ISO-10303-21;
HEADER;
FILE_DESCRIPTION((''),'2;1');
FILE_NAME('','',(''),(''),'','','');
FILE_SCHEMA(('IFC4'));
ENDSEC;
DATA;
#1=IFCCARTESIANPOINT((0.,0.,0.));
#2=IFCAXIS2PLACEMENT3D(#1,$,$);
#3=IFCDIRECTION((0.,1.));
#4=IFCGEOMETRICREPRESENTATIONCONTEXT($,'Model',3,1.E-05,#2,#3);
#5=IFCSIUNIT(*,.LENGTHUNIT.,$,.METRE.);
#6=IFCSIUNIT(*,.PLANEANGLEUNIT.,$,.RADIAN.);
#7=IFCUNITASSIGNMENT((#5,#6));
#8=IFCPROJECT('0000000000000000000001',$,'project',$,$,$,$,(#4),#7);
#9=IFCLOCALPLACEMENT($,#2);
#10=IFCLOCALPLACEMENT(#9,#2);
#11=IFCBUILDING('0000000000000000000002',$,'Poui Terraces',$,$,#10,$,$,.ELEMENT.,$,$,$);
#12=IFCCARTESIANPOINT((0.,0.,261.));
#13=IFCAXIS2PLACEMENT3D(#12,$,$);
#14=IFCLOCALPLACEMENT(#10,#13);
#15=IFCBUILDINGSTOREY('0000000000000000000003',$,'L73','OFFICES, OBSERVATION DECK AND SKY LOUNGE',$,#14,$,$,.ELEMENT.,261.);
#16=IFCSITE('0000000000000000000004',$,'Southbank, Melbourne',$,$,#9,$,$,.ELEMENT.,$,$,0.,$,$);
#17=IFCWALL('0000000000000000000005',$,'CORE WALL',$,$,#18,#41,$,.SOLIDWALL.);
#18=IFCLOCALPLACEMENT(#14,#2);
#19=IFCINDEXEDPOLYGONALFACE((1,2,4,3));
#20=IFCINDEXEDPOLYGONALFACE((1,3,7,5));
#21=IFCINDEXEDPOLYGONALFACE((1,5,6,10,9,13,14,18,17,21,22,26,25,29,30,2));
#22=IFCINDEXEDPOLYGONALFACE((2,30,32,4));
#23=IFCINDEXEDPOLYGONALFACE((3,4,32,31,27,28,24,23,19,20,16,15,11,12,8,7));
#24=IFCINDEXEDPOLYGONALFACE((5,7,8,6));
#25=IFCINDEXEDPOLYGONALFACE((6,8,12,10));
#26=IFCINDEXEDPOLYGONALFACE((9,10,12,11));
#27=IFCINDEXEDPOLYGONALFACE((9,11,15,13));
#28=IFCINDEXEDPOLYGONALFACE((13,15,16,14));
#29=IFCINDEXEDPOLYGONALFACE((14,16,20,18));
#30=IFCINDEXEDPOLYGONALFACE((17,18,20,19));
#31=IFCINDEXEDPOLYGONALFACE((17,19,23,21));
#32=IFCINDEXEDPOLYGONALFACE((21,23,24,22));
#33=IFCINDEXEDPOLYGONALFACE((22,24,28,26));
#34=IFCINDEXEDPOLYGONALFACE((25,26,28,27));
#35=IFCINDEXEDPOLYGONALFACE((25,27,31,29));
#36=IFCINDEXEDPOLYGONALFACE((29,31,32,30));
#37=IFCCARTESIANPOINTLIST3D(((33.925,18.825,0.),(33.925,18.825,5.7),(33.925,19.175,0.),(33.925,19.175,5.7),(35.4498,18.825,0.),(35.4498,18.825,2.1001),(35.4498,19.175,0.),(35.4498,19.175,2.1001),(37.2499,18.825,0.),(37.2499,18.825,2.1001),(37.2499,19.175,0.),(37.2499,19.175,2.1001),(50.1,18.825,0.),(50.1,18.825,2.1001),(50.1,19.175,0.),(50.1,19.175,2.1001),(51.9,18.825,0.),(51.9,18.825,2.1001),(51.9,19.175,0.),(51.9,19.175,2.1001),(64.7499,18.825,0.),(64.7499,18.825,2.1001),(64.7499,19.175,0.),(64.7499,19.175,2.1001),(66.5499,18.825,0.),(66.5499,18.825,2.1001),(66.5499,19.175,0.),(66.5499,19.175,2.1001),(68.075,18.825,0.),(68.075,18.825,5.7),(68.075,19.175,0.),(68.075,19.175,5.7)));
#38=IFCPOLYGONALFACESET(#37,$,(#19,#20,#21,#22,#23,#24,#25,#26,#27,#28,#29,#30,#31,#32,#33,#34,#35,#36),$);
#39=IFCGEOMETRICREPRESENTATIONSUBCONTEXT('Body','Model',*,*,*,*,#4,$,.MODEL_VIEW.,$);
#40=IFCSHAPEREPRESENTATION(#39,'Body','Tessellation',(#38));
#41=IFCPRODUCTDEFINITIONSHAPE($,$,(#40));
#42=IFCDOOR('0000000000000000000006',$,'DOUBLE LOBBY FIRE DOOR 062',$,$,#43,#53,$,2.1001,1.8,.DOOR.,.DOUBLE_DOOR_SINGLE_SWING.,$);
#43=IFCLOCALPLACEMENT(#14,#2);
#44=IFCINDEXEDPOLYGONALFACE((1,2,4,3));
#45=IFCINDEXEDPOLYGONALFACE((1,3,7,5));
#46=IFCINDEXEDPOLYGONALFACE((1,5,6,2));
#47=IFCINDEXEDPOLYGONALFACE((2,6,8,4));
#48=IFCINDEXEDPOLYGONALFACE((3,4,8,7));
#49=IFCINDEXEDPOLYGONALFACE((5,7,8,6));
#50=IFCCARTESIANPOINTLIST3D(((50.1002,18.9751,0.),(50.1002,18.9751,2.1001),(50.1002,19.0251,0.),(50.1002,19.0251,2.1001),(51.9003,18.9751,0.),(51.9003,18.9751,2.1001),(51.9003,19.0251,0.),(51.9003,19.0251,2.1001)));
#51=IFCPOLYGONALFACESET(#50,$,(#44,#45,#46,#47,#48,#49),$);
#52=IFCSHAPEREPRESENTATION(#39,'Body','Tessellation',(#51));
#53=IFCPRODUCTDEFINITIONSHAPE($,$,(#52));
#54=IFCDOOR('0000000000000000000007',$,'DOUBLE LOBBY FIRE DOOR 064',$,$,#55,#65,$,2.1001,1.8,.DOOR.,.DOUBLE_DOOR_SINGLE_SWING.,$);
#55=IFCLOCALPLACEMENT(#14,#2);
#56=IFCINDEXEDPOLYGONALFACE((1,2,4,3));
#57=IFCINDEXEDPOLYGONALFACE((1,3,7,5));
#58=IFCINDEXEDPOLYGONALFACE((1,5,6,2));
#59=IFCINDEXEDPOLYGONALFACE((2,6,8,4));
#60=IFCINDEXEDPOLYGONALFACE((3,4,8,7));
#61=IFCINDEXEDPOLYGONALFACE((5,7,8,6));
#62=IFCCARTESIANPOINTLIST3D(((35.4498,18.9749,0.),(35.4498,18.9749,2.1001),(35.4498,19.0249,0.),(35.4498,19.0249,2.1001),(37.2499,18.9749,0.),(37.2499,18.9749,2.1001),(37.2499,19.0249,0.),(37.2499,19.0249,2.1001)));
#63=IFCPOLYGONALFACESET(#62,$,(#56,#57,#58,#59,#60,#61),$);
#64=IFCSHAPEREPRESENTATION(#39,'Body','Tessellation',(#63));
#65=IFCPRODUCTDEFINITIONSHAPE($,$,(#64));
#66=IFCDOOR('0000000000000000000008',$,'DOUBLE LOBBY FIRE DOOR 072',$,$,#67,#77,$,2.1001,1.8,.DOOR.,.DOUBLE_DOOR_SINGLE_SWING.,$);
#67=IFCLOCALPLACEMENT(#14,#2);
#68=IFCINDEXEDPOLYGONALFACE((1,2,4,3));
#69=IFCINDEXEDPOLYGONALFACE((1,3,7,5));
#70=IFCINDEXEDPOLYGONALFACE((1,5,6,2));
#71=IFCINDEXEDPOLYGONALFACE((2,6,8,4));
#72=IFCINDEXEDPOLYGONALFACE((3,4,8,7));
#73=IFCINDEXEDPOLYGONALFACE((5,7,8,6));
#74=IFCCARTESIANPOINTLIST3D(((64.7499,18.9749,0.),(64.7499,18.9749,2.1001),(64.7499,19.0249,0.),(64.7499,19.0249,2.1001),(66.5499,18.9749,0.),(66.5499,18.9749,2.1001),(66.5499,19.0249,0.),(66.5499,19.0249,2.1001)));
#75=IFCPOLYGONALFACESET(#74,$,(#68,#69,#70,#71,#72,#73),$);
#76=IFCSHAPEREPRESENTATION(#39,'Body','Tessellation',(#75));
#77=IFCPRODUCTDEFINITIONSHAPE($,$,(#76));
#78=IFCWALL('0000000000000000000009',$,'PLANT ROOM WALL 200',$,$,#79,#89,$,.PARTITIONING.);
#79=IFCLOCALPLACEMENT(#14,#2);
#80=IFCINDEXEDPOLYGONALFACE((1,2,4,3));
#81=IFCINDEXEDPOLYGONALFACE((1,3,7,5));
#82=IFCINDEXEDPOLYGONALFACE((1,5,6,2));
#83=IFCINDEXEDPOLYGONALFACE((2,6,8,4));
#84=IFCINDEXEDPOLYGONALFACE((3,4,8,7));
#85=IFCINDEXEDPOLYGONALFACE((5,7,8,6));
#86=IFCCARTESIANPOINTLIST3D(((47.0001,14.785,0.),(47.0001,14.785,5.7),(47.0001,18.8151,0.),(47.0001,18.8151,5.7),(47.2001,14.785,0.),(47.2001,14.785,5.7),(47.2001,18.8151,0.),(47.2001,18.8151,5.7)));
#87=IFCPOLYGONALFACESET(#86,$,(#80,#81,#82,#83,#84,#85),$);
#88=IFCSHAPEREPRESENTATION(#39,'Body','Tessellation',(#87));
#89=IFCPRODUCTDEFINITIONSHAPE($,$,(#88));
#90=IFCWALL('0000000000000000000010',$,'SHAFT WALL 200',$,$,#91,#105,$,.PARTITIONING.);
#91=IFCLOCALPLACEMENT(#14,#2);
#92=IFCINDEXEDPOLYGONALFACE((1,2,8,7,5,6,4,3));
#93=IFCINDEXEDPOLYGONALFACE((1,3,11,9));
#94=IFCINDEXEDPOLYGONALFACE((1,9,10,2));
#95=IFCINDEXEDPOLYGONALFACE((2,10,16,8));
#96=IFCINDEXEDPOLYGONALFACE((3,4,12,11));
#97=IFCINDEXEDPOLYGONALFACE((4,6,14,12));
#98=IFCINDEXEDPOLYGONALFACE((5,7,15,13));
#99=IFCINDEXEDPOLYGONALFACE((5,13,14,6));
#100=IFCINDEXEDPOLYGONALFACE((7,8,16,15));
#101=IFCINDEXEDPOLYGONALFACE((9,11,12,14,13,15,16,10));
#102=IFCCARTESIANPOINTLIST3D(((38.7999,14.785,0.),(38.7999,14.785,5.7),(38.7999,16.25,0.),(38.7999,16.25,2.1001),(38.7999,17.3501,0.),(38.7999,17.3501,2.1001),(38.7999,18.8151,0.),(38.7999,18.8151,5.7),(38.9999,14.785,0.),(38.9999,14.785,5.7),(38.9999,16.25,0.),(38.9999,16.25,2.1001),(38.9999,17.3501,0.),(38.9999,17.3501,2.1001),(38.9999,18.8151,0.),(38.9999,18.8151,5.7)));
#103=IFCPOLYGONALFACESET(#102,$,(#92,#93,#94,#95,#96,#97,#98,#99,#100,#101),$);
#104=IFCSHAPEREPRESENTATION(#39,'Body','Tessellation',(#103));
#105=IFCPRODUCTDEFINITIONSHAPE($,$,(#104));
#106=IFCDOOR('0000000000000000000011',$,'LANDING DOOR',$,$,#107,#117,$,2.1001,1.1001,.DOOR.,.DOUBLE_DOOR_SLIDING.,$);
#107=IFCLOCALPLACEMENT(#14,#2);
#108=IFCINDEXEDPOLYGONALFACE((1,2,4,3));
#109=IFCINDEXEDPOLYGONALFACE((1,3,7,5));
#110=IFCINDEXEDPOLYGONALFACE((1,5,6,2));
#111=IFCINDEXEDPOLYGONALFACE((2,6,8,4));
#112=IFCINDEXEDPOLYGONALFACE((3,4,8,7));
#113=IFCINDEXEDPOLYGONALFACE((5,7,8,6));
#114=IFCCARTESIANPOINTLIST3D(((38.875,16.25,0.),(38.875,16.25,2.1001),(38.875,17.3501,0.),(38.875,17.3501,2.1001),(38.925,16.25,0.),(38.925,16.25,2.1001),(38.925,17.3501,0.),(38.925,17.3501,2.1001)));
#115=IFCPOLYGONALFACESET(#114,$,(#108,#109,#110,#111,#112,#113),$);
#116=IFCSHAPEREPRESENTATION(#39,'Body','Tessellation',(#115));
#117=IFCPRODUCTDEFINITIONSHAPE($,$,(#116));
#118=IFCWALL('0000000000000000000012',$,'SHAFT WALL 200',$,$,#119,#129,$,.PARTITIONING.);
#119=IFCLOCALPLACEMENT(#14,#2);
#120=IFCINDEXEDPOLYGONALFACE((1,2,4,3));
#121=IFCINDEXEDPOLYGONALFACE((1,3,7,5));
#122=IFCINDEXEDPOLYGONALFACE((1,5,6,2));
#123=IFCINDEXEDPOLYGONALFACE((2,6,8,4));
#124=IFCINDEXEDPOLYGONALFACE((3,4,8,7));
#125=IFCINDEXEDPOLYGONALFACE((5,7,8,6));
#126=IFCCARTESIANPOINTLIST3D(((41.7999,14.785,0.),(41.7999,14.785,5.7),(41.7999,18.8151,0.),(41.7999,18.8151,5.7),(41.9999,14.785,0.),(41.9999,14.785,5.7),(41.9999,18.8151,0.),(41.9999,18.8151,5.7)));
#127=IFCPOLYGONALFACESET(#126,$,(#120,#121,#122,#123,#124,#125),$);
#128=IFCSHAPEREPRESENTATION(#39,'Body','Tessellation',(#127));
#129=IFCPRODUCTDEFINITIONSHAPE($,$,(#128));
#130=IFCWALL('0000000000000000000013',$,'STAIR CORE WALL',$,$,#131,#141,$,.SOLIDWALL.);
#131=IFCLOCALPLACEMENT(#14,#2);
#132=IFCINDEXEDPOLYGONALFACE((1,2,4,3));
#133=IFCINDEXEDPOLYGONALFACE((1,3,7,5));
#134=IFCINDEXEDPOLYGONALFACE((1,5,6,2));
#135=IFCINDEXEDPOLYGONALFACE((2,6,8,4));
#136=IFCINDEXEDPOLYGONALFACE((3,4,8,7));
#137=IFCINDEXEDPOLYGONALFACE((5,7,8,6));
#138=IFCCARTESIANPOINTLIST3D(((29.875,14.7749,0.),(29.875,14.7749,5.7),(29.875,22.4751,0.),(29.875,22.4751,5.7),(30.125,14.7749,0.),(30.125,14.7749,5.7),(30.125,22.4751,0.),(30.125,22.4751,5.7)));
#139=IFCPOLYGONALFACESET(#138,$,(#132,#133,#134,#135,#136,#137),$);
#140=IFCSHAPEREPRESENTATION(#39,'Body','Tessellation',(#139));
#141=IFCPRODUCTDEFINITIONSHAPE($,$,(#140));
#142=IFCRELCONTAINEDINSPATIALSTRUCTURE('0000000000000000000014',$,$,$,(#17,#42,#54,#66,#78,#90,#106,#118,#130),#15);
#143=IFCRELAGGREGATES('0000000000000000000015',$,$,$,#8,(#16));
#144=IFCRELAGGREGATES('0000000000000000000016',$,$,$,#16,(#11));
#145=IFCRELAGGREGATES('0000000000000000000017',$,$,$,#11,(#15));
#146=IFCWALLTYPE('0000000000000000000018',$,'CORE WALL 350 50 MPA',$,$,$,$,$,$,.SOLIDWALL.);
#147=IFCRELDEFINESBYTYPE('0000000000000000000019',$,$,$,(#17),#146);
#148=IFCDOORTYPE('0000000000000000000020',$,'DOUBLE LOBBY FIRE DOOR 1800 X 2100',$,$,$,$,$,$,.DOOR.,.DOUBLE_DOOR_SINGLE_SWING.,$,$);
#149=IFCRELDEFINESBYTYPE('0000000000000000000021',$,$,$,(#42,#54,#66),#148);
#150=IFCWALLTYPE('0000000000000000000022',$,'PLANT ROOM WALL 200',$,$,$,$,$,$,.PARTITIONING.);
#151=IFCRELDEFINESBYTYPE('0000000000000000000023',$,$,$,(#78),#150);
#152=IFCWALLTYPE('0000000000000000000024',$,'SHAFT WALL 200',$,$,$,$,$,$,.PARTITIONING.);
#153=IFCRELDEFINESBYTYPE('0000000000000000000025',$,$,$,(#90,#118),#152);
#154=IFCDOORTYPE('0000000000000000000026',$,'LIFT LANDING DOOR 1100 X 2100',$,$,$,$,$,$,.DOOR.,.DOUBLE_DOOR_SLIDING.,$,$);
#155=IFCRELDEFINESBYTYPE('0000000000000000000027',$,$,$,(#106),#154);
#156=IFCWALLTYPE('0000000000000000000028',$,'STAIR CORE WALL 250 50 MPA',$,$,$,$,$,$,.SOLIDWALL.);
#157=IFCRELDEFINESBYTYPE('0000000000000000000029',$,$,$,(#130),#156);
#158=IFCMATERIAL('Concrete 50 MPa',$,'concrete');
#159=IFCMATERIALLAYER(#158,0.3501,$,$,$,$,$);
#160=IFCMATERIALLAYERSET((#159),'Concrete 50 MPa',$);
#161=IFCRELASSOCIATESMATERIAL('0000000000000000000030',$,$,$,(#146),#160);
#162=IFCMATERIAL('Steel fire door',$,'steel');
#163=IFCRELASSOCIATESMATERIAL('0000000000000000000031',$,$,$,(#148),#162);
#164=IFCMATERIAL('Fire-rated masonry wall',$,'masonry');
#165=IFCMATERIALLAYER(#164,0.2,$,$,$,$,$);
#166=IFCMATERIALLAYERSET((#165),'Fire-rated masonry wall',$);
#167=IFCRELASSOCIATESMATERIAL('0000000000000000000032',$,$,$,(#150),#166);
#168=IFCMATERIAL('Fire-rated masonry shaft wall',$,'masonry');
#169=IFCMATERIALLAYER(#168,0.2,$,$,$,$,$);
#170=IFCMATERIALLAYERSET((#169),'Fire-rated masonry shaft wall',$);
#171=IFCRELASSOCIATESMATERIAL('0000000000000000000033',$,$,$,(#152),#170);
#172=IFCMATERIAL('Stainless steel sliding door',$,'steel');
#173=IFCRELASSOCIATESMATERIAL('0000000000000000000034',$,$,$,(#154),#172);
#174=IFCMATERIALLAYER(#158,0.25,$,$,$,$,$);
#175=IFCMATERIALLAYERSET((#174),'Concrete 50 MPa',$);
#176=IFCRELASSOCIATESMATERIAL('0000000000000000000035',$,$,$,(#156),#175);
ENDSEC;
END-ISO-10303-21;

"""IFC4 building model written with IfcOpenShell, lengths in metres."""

from ifc_helpers import new_model, si_unit, direction, frame, frame_2d, origin, place, context, subcontext, project, spatial, rectangle, extrude, material, layer, layer_set, type_object, element, fill, save


model = new_model("IFC4")

# Units and contexts
model_context = context("Model", 3, precision=1e-05, world=origin(), true_north=direction((0.0, 1.0)))
body_context = subcontext(model_context, "Body", "Model", "MODEL_VIEW")
ifc_project = project(units=[si_unit("LENGTHUNIT", "METRE"), si_unit("PLANEANGLEUNIT", "RADIAN")], contexts=[model_context])

# Site, building, storey
site_placement = place(None, origin())
site = spatial("IfcSite", under=ifc_project, at=site_placement, Name="Southbank, Melbourne", CompositionType="ELEMENT", RefElevation=0.0)
building_placement = place(site_placement, origin())
building = spatial("IfcBuilding", under=site, at=building_placement, Name="Poui Terraces", CompositionType="ELEMENT")
storey_placement = place(building_placement, frame((0.0, 0.0, 261.0)))
storey = spatial("IfcBuildingStorey", under=building, at=storey_placement, Name="L73", Description="OFFICES, OBSERVATION DECK AND SKY LOUNGE", CompositionType="ELEMENT", Elevation=261.0)

# Wall, openings, doors
ifc_material_1 = material(Name="Concrete 50 MPa", Category="concrete")
ifc_layer_1 = layer(ifc_material_1, 0.3501)
ifc_layer_set_1 = layer_set([ifc_layer_1], Name="Concrete 50 MPa")
wall_type_1 = type_object("IfcWallType", Name="CORE WALL 350 50 MPA", PredefinedType="SOLIDWALL", material=ifc_layer_set_1)
wall_1_placement = place(storey_placement, frame((33.925, 19.0, 0.0), z_axis=(0.0, 0.0, 1.0), x_axis=(1.0, 0.0, 0.0)))
wall_1 = element("IfcWall", 1, at=wall_1_placement, inside=storey, type_object=wall_type_1, Name="CORE WALL", PredefinedType="SOLIDWALL", context=body_context, shape_type="SweptSolid", body=[
    extrude(rectangle(XDim=34.1499, YDim=0.3501, at=frame_2d((17.075, 0.0))), origin(), (0.0, 0.0, 1.0), 5.7),
])
opening_1_placement = place(wall_1_placement, frame((16.175, 0.0, 0.0)))
opening_1 = element("IfcOpeningElement", 2, at=opening_1_placement, cuts=wall_1, PredefinedType="OPENING", context=body_context, shape_type="SweptSolid", body=[
    extrude(rectangle(XDim=1.8, YDim=2.1001, at=frame_2d((0.8999, 1.05))), frame((0.0, 0.1851, 0.0), z_axis=(0.0, -1.0, 0.0), x_axis=(1.0, 0.0, 0.0)), (0.0, 0.0, 1.0), 0.3701),
])
opening_2_placement = place(wall_1_placement, frame((1.5249, 0.0, 0.0)))
opening_2 = element("IfcOpeningElement", 3, at=opening_2_placement, cuts=wall_1, PredefinedType="OPENING", context=body_context, shape_type="SweptSolid", body=[
    extrude(rectangle(XDim=1.8, YDim=2.1001, at=frame_2d((0.8999, 1.05))), frame((0.0, 0.1851, 0.0), z_axis=(0.0, -1.0, 0.0), x_axis=(1.0, 0.0, 0.0)), (0.0, 0.0, 1.0), 0.3701),
])
opening_3_placement = place(wall_1_placement, frame((30.825, 0.0, 0.0)))
opening_3 = element("IfcOpeningElement", 4, at=opening_3_placement, cuts=wall_1, PredefinedType="OPENING", context=body_context, shape_type="SweptSolid", body=[
    extrude(rectangle(XDim=1.8, YDim=2.1001, at=frame_2d((0.8999, 1.05))), frame((0.0, 0.1851, 0.0), z_axis=(0.0, -1.0, 0.0), x_axis=(1.0, 0.0, 0.0)), (0.0, 0.0, 1.0), 0.3701),
])
ifc_material_2 = material(Name="Steel fire door", Category="steel")
door_type_1 = type_object("IfcDoorType", Name="DOUBLE LOBBY FIRE DOOR 1800 X 2100", OperationType="DOUBLE_DOOR_SINGLE_SWING", PredefinedType="DOOR", material=ifc_material_2)
door_1_placement = place(opening_1_placement, frame((1.8, 0.0, 0.0), z_axis=(0.0, 0.0, 1.0), x_axis=(-1.0, 0.0, 0.0)))
door_1 = element("IfcDoor", 5, at=door_1_placement, inside=storey, type_object=door_type_1, Name="DOUBLE LOBBY FIRE DOOR 062", OperationType="DOUBLE_DOOR_SINGLE_SWING", OverallHeight=2.1001, OverallWidth=1.8, PredefinedType="DOOR", context=body_context, shape_type="SweptSolid", body=[
    extrude(rectangle(XDim=1.8, YDim=2.1001, at=frame_2d((0.8999, 1.05))), frame((0.0, 0.0249, 0.0), z_axis=(0.0, -1.0, 0.0), x_axis=(1.0, 0.0, 0.0)), (0.0, 0.0, 1.0), 0.05),
])
fill(opening_1, door_1)
door_2_placement = place(opening_2_placement, origin())
door_2 = element("IfcDoor", 6, at=door_2_placement, inside=storey, type_object=door_type_1, Name="DOUBLE LOBBY FIRE DOOR 064", OperationType="DOUBLE_DOOR_SINGLE_SWING", OverallHeight=2.1001, OverallWidth=1.8, PredefinedType="DOOR", context=body_context, shape_type="SweptSolid", body=[
    extrude(rectangle(XDim=1.8, YDim=2.1001, at=frame_2d((0.8999, 1.05))), frame((0.0, 0.0249, 0.0), z_axis=(0.0, -1.0, 0.0), x_axis=(1.0, 0.0, 0.0)), (0.0, 0.0, 1.0), 0.05),
])
fill(opening_2, door_2)
door_3_placement = place(opening_3_placement, origin())
door_3 = element("IfcDoor", 7, at=door_3_placement, inside=storey, type_object=door_type_1, Name="DOUBLE LOBBY FIRE DOOR 072", OperationType="DOUBLE_DOOR_SINGLE_SWING", OverallHeight=2.1001, OverallWidth=1.8, PredefinedType="DOOR", context=body_context, shape_type="SweptSolid", body=[
    extrude(rectangle(XDim=1.8, YDim=2.1001, at=frame_2d((0.8999, 1.05))), frame((0.0, 0.0249, 0.0), z_axis=(0.0, -1.0, 0.0), x_axis=(1.0, 0.0, 0.0)), (0.0, 0.0, 1.0), 0.05),
])
fill(opening_3, door_3)

# Wall
ifc_material_3 = material(Name="Fire-rated masonry wall", Category="masonry")
ifc_layer_2 = layer(ifc_material_3, 0.2)
ifc_layer_set_2 = layer_set([ifc_layer_2], Name="Fire-rated masonry wall")
wall_type_2 = type_object("IfcWallType", Name="PLANT ROOM WALL 200", PredefinedType="PARTITIONING", material=ifc_layer_set_2)
wall_2_placement = place(storey_placement, frame((47.1001, 14.7849, 0.0), z_axis=(0.0, 0.0, 1.0), x_axis=(0.0, 1.0, 0.0)))
element("IfcWall", 8, at=wall_2_placement, inside=storey, type_object=wall_type_2, Name="PLANT ROOM WALL 200", PredefinedType="PARTITIONING", context=body_context, shape_type="SweptSolid", body=[
    extrude(rectangle(XDim=4.03, YDim=0.2, at=frame_2d((2.0151, 0.0))), origin(), (0.0, 0.0, 1.0), 5.7),
])

# Wall, opening, door
ifc_material_4 = material(Name="Fire-rated masonry shaft wall", Category="masonry")
ifc_layer_3 = layer(ifc_material_4, 0.2)
ifc_layer_set_3 = layer_set([ifc_layer_3], Name="Fire-rated masonry shaft wall")
wall_type_3 = type_object("IfcWallType", Name="SHAFT WALL 200", PredefinedType="PARTITIONING", material=ifc_layer_set_3)
wall_3_placement = place(storey_placement, frame((38.8999, 14.7849, 0.0), z_axis=(0.0, 0.0, 1.0), x_axis=(0.0, 1.0, 0.0)))
wall_3 = element("IfcWall", 9, at=wall_3_placement, inside=storey, type_object=wall_type_3, Name="SHAFT WALL 200", PredefinedType="PARTITIONING", context=body_context, shape_type="SweptSolid", body=[
    extrude(rectangle(XDim=4.03, YDim=0.2, at=frame_2d((2.0151, 0.0))), origin(), (0.0, 0.0, 1.0), 5.7),
])
opening_4_placement = place(wall_3_placement, frame((1.4651, 0.0, 0.0)))
opening_4 = element("IfcOpeningElement", 10, at=opening_4_placement, cuts=wall_3, PredefinedType="OPENING", context=body_context, shape_type="SweptSolid", body=[
    extrude(rectangle(XDim=1.1001, YDim=2.1001, at=frame_2d((0.55, 1.05))), frame((0.0, 0.1099, 0.0), z_axis=(0.0, -1.0, 0.0), x_axis=(1.0, 0.0, 0.0)), (0.0, 0.0, 1.0), 0.22),
])
ifc_material_5 = material(Name="Stainless steel sliding door", Category="steel")
door_type_2 = type_object("IfcDoorType", Name="LIFT LANDING DOOR 1100 X 2100", OperationType="DOUBLE_DOOR_SLIDING", PredefinedType="DOOR", material=ifc_material_5)
door_4_placement = place(opening_4_placement, origin())
door_4 = element("IfcDoor", 11, at=door_4_placement, inside=storey, type_object=door_type_2, Name="LANDING DOOR", OperationType="DOUBLE_DOOR_SLIDING", OverallHeight=2.1001, OverallWidth=1.1001, PredefinedType="DOOR", context=body_context, shape_type="SweptSolid", body=[
    extrude(rectangle(XDim=1.1001, YDim=2.1001, at=frame_2d((0.55, 1.05))), frame((0.0, 0.0249, 0.0), z_axis=(0.0, -1.0, 0.0), x_axis=(1.0, 0.0, 0.0)), (0.0, 0.0, 1.0), 0.05),
])
fill(opening_4, door_4)

# Walls
wall_4_placement = place(storey_placement, frame((41.8999, 14.7849, 0.0), z_axis=(0.0, 0.0, 1.0), x_axis=(0.0, 1.0, 0.0)))
element("IfcWall", 12, at=wall_4_placement, inside=storey, type_object=wall_type_3, Name="SHAFT WALL 200", PredefinedType="PARTITIONING", context=body_context, shape_type="SweptSolid", body=[
    extrude(rectangle(XDim=4.03, YDim=0.2, at=frame_2d((2.0151, 0.0))), origin(), (0.0, 0.0, 1.0), 5.7),
])
ifc_layer_4 = layer(ifc_material_1, 0.25)
ifc_layer_set_4 = layer_set([ifc_layer_4], Name="Concrete 50 MPa")
wall_type_4 = type_object("IfcWallType", Name="STAIR CORE WALL 250 50 MPA", PredefinedType="SOLIDWALL", material=ifc_layer_set_4)
wall_5_placement = place(storey_placement, frame((30.0, 14.7749, 0.0), z_axis=(0.0, 0.0, 1.0), x_axis=(0.0, 1.0, 0.0)))
element("IfcWall", 13, at=wall_5_placement, inside=storey, type_object=wall_type_4, Name="STAIR CORE WALL", PredefinedType="SOLIDWALL", context=body_context, shape_type="SweptSolid", body=[
    extrude(rectangle(XDim=7.7002, YDim=0.25, at=frame_2d((3.8501, 0.0))), origin(), (0.0, 0.0, 1.0), 5.7),
])

save(model, "model.ifc")
